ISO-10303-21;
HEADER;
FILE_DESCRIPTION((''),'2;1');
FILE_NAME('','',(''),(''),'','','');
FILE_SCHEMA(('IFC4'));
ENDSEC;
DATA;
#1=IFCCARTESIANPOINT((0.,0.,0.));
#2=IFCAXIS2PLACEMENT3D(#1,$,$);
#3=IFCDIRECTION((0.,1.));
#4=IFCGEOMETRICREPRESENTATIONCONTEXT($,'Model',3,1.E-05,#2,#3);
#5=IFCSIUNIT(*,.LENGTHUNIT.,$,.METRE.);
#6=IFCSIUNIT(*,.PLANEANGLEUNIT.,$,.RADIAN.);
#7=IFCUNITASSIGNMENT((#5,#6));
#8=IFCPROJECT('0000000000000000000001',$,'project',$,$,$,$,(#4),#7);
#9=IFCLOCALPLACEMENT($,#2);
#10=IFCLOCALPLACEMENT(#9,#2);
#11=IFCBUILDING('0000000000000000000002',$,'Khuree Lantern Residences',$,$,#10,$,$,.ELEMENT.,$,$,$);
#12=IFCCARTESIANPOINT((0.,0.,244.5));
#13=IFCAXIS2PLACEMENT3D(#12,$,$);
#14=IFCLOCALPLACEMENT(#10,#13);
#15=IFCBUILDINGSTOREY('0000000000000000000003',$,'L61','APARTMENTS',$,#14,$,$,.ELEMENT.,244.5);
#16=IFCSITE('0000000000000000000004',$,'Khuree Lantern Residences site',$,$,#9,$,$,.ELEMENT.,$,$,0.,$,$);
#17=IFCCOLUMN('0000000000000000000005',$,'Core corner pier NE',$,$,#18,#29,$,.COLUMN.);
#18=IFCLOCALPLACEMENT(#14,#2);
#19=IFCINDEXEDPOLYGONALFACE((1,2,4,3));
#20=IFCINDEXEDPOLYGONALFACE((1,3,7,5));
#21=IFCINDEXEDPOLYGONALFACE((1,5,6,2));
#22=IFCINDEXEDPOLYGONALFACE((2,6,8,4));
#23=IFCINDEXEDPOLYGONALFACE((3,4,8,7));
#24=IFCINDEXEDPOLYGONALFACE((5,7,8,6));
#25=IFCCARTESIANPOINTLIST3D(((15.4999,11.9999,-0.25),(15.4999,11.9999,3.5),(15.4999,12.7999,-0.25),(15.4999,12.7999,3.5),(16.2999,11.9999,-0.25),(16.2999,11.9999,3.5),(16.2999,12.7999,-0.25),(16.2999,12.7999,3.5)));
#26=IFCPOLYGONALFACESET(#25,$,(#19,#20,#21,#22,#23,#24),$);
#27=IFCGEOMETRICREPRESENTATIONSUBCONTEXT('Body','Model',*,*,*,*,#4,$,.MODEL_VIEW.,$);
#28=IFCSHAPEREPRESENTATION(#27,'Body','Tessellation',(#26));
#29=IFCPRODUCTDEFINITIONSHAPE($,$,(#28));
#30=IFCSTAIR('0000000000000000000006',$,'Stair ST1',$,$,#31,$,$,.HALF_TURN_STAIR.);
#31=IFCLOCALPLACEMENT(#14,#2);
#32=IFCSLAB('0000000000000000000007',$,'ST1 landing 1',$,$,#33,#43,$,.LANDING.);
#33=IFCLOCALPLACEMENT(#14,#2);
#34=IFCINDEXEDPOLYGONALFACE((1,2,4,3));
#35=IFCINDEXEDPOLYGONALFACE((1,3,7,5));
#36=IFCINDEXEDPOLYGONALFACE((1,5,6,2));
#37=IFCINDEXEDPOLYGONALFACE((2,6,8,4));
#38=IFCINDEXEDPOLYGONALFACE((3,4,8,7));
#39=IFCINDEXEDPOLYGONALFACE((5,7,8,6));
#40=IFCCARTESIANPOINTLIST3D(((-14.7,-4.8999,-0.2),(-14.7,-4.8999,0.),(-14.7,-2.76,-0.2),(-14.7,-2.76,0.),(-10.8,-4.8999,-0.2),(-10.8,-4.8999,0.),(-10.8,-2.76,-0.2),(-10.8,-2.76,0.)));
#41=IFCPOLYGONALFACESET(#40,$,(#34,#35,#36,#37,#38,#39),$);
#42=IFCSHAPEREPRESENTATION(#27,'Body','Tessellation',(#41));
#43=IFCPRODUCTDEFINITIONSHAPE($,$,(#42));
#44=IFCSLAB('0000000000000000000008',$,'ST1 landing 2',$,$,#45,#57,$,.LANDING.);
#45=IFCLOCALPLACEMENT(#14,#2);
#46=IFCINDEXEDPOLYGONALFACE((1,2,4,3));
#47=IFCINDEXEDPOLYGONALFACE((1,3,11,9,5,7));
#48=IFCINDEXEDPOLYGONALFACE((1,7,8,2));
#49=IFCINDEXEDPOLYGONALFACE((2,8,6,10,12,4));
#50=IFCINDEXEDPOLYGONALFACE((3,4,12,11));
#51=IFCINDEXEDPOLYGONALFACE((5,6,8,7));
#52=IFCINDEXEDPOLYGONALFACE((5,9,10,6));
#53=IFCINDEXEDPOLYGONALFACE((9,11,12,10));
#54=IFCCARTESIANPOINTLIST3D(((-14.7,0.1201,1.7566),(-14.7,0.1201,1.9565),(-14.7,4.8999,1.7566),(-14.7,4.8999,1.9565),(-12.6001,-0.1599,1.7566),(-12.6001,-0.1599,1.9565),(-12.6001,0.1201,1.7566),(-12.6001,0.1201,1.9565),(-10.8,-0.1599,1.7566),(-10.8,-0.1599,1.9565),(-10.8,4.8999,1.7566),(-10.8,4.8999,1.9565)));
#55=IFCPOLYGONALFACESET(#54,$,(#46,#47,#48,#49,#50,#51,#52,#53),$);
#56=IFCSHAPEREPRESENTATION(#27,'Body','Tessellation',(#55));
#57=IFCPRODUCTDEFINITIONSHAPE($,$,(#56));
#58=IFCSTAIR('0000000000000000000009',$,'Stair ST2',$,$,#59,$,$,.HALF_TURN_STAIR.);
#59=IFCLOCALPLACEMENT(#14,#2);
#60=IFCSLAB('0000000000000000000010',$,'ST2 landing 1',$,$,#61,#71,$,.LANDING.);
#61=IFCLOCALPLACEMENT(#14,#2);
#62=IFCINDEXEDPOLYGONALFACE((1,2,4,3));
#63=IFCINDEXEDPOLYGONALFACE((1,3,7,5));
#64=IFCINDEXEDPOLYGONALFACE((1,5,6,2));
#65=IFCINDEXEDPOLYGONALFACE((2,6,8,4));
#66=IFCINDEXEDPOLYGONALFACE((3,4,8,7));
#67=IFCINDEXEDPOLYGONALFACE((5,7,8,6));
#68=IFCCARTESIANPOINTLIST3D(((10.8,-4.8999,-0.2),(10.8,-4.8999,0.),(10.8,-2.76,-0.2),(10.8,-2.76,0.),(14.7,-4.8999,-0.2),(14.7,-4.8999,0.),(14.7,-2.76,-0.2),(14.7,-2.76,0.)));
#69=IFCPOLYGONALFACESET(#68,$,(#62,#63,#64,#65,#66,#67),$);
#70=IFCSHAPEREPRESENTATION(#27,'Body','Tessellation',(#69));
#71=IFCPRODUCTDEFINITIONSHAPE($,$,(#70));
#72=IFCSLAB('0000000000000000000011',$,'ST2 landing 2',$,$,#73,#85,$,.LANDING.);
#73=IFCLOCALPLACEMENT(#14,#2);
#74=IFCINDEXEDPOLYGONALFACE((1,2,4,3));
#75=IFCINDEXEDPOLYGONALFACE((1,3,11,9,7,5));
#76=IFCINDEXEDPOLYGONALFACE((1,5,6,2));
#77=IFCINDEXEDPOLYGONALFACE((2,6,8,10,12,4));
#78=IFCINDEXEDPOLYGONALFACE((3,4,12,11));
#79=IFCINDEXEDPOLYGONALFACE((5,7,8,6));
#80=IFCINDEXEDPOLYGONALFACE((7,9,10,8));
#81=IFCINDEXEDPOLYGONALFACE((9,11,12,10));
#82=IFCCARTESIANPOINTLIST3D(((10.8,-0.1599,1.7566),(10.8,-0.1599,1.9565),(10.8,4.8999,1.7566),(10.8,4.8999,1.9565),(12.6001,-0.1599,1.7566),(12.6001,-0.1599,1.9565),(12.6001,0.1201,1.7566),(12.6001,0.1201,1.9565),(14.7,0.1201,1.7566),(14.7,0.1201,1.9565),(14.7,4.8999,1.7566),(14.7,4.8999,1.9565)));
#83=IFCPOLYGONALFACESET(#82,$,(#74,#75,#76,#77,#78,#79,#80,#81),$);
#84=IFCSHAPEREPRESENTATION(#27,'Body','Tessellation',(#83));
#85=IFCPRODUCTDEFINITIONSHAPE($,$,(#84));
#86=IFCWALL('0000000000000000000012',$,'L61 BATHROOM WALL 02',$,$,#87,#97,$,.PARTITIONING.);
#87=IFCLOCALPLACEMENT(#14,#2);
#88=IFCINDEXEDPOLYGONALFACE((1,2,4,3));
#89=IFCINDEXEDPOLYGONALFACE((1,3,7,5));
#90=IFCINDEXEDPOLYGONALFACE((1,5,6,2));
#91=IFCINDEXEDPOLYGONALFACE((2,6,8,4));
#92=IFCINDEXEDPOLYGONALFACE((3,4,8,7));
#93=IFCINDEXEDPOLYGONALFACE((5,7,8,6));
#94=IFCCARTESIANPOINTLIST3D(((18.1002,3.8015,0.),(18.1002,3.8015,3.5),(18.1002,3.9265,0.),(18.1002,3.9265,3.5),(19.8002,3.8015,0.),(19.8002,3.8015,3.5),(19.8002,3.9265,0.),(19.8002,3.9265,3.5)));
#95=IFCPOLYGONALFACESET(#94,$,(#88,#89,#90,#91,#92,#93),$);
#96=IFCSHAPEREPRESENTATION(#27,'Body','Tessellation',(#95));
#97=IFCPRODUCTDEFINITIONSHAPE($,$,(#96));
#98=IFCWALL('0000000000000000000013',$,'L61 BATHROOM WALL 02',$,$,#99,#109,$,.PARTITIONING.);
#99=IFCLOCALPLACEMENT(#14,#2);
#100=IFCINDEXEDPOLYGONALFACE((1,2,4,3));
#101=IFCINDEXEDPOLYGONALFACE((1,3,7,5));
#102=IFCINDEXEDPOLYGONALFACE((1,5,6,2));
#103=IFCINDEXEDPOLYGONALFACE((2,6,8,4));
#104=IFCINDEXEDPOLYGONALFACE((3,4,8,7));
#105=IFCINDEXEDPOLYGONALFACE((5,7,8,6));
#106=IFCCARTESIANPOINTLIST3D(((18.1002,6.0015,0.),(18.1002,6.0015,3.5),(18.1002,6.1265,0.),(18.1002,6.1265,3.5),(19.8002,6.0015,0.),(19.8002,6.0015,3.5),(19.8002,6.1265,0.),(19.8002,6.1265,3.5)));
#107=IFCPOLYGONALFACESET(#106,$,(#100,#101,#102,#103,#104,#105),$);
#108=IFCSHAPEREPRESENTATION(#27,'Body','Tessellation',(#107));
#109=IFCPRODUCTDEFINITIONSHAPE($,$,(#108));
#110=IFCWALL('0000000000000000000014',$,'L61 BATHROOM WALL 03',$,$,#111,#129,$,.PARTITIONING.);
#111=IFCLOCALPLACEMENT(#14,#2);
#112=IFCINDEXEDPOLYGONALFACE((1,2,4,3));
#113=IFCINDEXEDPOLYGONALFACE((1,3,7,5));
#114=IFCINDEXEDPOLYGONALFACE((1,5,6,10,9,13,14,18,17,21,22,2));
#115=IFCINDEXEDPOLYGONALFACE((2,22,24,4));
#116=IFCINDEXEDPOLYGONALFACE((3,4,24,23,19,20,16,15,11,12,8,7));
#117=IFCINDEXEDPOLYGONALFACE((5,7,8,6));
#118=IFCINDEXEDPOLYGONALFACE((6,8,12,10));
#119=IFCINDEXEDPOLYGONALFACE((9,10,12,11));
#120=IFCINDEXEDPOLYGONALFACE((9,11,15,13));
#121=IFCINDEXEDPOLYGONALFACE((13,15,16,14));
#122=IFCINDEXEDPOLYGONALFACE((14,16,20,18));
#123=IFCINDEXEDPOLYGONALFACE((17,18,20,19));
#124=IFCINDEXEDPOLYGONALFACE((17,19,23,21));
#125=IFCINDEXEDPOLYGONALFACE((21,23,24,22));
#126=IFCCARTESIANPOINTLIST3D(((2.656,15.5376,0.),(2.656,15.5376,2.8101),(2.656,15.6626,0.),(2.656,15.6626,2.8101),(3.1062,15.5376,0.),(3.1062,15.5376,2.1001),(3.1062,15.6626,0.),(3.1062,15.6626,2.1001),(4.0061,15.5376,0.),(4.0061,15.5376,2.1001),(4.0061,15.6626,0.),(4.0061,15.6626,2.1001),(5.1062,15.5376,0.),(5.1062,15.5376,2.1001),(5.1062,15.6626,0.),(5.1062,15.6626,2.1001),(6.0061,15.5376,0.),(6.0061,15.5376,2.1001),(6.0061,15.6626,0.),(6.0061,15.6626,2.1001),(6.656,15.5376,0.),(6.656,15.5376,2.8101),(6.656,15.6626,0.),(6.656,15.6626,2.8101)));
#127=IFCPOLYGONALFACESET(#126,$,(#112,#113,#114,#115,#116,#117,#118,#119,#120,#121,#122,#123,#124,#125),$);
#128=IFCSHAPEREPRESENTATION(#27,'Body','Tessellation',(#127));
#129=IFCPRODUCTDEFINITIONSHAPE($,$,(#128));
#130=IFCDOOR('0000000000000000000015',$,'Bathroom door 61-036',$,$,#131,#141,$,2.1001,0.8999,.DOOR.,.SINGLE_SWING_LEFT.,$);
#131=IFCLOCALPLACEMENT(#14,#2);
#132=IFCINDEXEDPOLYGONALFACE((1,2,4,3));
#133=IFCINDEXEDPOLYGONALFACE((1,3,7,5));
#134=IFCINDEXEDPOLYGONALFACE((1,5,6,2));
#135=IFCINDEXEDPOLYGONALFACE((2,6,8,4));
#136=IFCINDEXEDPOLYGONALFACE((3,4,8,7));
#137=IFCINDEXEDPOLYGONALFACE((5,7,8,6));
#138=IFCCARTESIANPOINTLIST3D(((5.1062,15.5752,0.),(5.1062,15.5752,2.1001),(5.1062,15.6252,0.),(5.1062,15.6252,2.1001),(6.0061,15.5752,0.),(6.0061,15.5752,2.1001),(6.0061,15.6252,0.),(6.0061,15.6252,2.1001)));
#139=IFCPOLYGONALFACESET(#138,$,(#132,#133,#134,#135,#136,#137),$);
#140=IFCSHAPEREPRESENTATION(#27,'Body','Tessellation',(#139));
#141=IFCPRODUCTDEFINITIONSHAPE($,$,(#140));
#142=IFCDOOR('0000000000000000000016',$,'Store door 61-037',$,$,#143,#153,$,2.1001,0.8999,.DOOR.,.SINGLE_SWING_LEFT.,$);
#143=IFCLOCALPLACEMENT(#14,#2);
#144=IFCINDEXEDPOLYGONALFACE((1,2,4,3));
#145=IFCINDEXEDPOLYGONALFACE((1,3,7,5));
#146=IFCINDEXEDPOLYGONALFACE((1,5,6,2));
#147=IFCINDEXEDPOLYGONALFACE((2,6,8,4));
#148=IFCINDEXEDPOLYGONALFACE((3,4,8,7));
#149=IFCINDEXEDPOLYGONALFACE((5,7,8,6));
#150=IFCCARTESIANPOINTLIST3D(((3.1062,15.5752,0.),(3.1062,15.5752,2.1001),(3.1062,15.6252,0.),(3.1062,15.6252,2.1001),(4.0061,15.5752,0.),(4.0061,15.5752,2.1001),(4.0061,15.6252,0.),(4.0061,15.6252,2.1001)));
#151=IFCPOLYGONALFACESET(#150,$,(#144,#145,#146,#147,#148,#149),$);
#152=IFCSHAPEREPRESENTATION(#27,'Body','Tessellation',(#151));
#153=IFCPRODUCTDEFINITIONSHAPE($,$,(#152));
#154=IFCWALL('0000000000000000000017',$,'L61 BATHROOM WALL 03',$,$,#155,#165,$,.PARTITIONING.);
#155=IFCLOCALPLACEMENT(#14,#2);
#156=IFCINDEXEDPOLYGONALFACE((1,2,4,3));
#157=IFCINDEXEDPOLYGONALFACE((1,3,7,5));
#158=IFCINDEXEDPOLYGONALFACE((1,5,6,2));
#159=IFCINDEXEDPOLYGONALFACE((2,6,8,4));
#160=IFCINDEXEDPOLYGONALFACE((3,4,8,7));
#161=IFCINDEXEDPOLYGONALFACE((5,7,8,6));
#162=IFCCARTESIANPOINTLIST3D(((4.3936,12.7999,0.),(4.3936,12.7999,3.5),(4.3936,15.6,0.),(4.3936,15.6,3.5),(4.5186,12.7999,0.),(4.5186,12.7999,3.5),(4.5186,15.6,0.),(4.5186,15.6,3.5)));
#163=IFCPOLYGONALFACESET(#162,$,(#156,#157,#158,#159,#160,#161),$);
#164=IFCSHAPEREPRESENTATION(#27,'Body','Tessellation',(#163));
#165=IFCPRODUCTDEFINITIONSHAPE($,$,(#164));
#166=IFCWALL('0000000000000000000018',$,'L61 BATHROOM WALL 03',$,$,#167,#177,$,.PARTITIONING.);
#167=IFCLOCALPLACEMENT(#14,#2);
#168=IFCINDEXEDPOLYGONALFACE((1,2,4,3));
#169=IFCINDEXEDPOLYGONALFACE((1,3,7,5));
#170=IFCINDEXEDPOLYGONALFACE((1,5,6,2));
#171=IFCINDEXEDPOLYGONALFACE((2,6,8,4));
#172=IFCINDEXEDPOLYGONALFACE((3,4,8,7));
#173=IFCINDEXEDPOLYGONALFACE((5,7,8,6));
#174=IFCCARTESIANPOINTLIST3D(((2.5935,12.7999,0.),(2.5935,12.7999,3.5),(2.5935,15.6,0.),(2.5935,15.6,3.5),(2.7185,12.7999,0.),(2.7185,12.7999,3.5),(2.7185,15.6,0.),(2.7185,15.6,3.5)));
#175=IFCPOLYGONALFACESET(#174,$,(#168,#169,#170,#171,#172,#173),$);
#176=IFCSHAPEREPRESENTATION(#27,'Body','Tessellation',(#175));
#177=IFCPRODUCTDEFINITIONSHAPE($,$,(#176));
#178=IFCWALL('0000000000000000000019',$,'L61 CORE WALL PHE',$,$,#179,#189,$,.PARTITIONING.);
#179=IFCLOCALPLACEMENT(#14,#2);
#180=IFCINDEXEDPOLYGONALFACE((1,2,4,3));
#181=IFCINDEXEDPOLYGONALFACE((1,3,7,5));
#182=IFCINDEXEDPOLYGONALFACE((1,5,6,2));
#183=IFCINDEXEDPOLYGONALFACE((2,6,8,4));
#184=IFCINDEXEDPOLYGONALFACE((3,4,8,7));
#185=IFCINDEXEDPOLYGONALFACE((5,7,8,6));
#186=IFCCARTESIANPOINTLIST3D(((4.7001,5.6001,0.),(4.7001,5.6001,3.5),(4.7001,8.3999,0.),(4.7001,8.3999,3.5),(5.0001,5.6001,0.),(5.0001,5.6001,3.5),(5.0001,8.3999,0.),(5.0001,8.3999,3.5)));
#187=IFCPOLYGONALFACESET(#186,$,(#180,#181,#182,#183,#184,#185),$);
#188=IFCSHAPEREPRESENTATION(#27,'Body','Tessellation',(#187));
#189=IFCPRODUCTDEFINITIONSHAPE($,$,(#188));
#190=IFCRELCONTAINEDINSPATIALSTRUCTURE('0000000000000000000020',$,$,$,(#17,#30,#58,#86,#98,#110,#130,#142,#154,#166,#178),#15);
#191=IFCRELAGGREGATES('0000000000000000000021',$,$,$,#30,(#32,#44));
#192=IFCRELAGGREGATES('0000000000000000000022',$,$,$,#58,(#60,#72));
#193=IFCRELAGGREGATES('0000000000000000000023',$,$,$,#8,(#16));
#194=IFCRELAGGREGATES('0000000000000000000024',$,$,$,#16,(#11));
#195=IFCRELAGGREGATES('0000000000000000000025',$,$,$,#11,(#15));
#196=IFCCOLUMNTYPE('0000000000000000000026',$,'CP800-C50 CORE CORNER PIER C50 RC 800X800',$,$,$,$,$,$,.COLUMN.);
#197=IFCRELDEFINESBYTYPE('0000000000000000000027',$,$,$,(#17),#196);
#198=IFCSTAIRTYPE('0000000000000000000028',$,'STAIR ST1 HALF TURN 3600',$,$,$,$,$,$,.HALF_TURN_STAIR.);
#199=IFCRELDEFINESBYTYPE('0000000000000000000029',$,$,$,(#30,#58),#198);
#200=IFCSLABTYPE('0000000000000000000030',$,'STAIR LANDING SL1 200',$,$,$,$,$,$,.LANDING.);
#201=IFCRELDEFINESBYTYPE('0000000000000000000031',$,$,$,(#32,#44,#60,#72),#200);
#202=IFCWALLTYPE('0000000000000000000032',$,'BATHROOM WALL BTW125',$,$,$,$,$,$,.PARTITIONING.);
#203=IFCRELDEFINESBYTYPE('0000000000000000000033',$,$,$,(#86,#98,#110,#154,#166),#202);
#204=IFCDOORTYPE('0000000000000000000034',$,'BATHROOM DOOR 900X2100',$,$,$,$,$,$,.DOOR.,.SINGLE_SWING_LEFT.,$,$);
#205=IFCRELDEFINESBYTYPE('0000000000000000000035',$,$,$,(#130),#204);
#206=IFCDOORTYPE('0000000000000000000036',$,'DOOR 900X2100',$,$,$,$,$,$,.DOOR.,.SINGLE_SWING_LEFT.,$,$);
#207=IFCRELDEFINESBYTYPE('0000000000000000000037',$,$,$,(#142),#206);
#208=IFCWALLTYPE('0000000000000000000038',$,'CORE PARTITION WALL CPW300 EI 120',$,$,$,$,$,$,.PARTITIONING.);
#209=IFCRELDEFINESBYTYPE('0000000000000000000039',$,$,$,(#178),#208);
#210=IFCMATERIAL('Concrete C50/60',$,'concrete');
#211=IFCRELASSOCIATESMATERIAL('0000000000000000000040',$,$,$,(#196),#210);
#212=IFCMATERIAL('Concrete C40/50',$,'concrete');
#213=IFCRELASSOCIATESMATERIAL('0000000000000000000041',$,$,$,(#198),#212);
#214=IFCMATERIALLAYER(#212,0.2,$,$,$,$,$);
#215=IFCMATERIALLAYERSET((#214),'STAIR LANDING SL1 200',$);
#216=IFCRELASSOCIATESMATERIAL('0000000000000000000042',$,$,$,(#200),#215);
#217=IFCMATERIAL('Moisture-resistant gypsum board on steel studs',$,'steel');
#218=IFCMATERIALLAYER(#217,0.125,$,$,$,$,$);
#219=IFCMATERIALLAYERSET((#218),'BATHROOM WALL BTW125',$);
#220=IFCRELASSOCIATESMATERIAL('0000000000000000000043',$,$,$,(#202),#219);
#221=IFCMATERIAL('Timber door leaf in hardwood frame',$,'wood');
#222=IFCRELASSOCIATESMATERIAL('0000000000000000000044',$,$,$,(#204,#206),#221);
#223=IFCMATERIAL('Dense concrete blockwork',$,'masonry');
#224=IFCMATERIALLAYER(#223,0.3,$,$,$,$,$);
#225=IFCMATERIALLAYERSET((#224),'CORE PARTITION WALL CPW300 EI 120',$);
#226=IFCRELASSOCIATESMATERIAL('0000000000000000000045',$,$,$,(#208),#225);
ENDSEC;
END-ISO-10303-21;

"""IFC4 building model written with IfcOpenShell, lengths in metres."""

from ifc_helpers import new_model, si_unit, direction, frame, frame_2d, origin, origin_2d, place, context, subcontext, project, spatial, polyline, rectangle, outline, extrude, material, layer, layer_set, material_profile, profile_set, type_object, element, fill, aggregate, save


model = new_model("IFC4")

# Units and contexts
model_context = context("Model", 3, precision=1e-05, world=origin(), true_north=direction((0.0, 1.0)))
body_context = subcontext(model_context, "Body", "Model", "MODEL_VIEW")
ifc_project = project(units=[si_unit("LENGTHUNIT", "METRE"), si_unit("PLANEANGLEUNIT", "RADIAN")], contexts=[model_context])

# Site, building, storey
site_placement = place(None, origin())
site = spatial("IfcSite", under=ifc_project, at=site_placement, Name="Khuree Lantern Residences site", CompositionType="ELEMENT", RefElevation=0.0)
building_placement = place(site_placement, origin())
building = spatial("IfcBuilding", under=site, at=building_placement, Name="Khuree Lantern Residences", CompositionType="ELEMENT")
storey_placement = place(building_placement, frame((0.0, 0.0, 244.5)))
storey = spatial("IfcBuildingStorey", under=building, at=storey_placement, Name="L61", Description="APARTMENTS", CompositionType="ELEMENT", Elevation=244.5)

# Column
ifc_material_1 = material(Name="Concrete C50/60", Category="concrete")
ifc_material_profile = material_profile(ifc_material_1, rectangle(XDim=0.8, YDim=0.8, at=origin_2d()), Name="RC 800X800")
ifc_profile_set = profile_set([ifc_material_profile], Name="Concrete C50/60")
column_type = type_object("IfcColumnType", Name="CP800-C50 CORE CORNER PIER C50 RC 800X800", PredefinedType="COLUMN", material=ifc_profile_set)
column_placement = place(storey_placement, frame((15.8999, 12.3999, -0.25), z_axis=(0.0, 0.0, 1.0), x_axis=(1.0, 0.0, 0.0)))
element("IfcColumn", 1, at=column_placement, inside=storey, type_object=column_type, Name="Core corner pier NE", PredefinedType="COLUMN", context=body_context, shape_type="SweptSolid", body=[
    extrude(rectangle(XDim=0.8, YDim=0.8, at=origin_2d()), origin(), (0.0, 0.0, 1.0), 3.75),
])

# Stairs, slabs
ifc_material_2 = material(Name="Concrete C40/50", Category="concrete")
stair_type = type_object("IfcStairType", Name="STAIR ST1 HALF TURN 3600", PredefinedType="HALF_TURN_STAIR", material=ifc_material_2)
stair_1_placement = place(storey_placement, origin())
stair_1 = element("IfcStair", 2, at=stair_1_placement, inside=storey, type_object=stair_type, Name="Stair ST1", PredefinedType="HALF_TURN_STAIR")
ifc_layer_1 = layer(ifc_material_2, 0.2)
ifc_layer_set_1 = layer_set([ifc_layer_1], Name="STAIR LANDING SL1 200")
slab_type = type_object("IfcSlabType", Name="STAIR LANDING SL1 200", PredefinedType="LANDING", material=ifc_layer_set_1)
slab_1_placement = place(storey_placement, frame((0.0, 0.0, -0.2)))
slab_1 = element("IfcSlab", 3, at=slab_1_placement, type_object=slab_type, Name="ST1 landing 1", PredefinedType="LANDING", context=body_context, shape_type="SweptSolid", body=[
    extrude(outline(polyline([(-14.7, -4.8999), (-10.8, -4.8999), (-10.8, -2.76), (-14.7, -2.76), (-14.7, -4.8999)])), origin(), (0.0, 0.0, 1.0), 0.2),
])
slab_2_placement = place(storey_placement, frame((0.0, 0.0, 1.7566)))
slab_2 = element("IfcSlab", 4, at=slab_2_placement, type_object=slab_type, Name="ST1 landing 2", PredefinedType="LANDING", context=body_context, shape_type="SweptSolid", body=[
    extrude(outline(polyline([(-14.7, 0.1201), (-14.7, 4.8999), (-10.8, 4.8999), (-10.8, -0.1599), (-12.6001, -0.1599), (-12.6001, 0.1201), (-14.7, 0.1201)])), origin(), (0.0, 0.0, 1.0), 0.2),
])
aggregate(stair_1, [slab_1, slab_2])
stair_2_placement = place(storey_placement, origin())
stair_2 = element("IfcStair", 5, at=stair_2_placement, inside=storey, type_object=stair_type, Name="Stair ST2", PredefinedType="HALF_TURN_STAIR")
slab_3_placement = place(storey_placement, frame((0.0, 0.0, -0.2)))
slab_3 = element("IfcSlab", 6, at=slab_3_placement, type_object=slab_type, Name="ST2 landing 1", PredefinedType="LANDING", context=body_context, shape_type="SweptSolid", body=[
    extrude(outline(polyline([(10.8, -4.8999), (14.7, -4.8999), (14.7, -2.76), (10.8, -2.76), (10.8, -4.8999)])), origin(), (0.0, 0.0, 1.0), 0.2),
])
slab_4_placement = place(storey_placement, frame((0.0, 0.0, 1.7566)))
slab_4 = element("IfcSlab", 7, at=slab_4_placement, type_object=slab_type, Name="ST2 landing 2", PredefinedType="LANDING", context=body_context, shape_type="SweptSolid", body=[
    extrude(outline(polyline([(14.7, 4.8999), (14.7, 0.1201), (12.6001, 0.1201), (12.6001, -0.1599), (10.8, -0.1599), (10.8, 4.8999), (14.7, 4.8999)])), origin(), (0.0, 0.0, 1.0), 0.2),
])
aggregate(stair_2, [slab_3, slab_4])

# Walls
ifc_material_3 = material(Name="Moisture-resistant gypsum board on steel studs", Category="steel")
ifc_layer_2 = layer(ifc_material_3, 0.125)
ifc_layer_set_2 = layer_set([ifc_layer_2], Name="BATHROOM WALL BTW125")
wall_type_1 = type_object("IfcWallType", Name="BATHROOM WALL BTW125", PredefinedType="PARTITIONING", material=ifc_layer_set_2)
for number, where, z_axis, x_axis, name in (
    (8, (18.1001, 3.864, 0.0), (0.0, 0.0, 1.0), (1.0, 0.0, 0.0), "L61 BATHROOM WALL 02"),
    (9, (18.1001, 6.064, 0.0), (0.0, 0.0, 1.0), (1.0, 0.0, 0.0), "L61 BATHROOM WALL 02"),
):
    element("IfcWall", number, at=place(storey_placement, frame(where, z_axis=z_axis, x_axis=x_axis)), inside=storey, type_object=wall_type_1, Name=name, PredefinedType="PARTITIONING", context=body_context, shape_type="SweptSolid", body=[
        extrude(rectangle(XDim=1.7, YDim=0.125, at=frame_2d((0.8501, 0.0))), origin(), (0.0, 0.0, 1.0), 3.5),
    ])

# Wall, openings, doors
wall_1_placement = place(storey_placement, frame((6.656, 15.6001, 0.0), z_axis=(0.0, 0.0, 1.0), x_axis=(-1.0, 0.0, 0.0)))
wall_1 = element("IfcWall", 10, at=wall_1_placement, inside=storey, type_object=wall_type_1, Name="L61 BATHROOM WALL 03", PredefinedType="PARTITIONING", context=body_context, shape_type="SweptSolid", body=[
    extrude(rectangle(XDim=4.0, YDim=0.125, at=frame_2d((2.0, 0.0))), origin(), (0.0, 0.0, 1.0), 2.8101),
])
opening_1_placement = place(wall_1_placement, frame((0.6499, 0.0, 0.0)))
opening_1 = element("IfcOpeningElement", 11, at=opening_1_placement, cuts=wall_1, PredefinedType="OPENING", context=body_context, shape_type="SweptSolid", body=[
    extrude(rectangle(XDim=0.8999, YDim=2.1001, at=frame_2d((0.45, 1.05))), frame((0.0, 0.0725, 0.0), z_axis=(0.0, -1.0, 0.0), x_axis=(1.0, 0.0, 0.0)), (0.0, 0.0, 1.0), 0.145),
])
opening_2_placement = place(wall_1_placement, frame((2.6499, 0.0, 0.0)))
opening_2 = element("IfcOpeningElement", 12, at=opening_2_placement, cuts=wall_1, PredefinedType="OPENING", context=body_context, shape_type="SweptSolid", body=[
    extrude(rectangle(XDim=0.8999, YDim=2.1001, at=frame_2d((0.45, 1.05))), frame((0.0, 0.0725, 0.0), z_axis=(0.0, -1.0, 0.0), x_axis=(1.0, 0.0, 0.0)), (0.0, 0.0, 1.0), 0.145),
])
ifc_material_4 = material(Name="Timber door leaf in hardwood frame", Category="wood")
door_type_1 = type_object("IfcDoorType", Name="BATHROOM DOOR 900X2100", OperationType="SINGLE_SWING_LEFT", PredefinedType="DOOR", material=ifc_material_4)
door_1_placement = place(opening_1_placement, origin())
door_1 = element("IfcDoor", 13, at=door_1_placement, inside=storey, type_object=door_type_1, Name="Bathroom door 61-036", OperationType="SINGLE_SWING_LEFT", OverallHeight=2.1001, OverallWidth=0.8999, PredefinedType="DOOR", context=body_context, shape_type="SweptSolid", body=[
    extrude(rectangle(XDim=0.8999, YDim=2.1001, at=frame_2d((0.45, 1.05))), frame((0.0, 0.0249, 0.0), z_axis=(0.0, -1.0, 0.0), x_axis=(1.0, 0.0, 0.0)), (0.0, 0.0, 1.0), 0.05),
])
fill(opening_1, door_1)
door_type_2 = type_object("IfcDoorType", Name="DOOR 900X2100", OperationType="SINGLE_SWING_LEFT", PredefinedType="DOOR", material=ifc_material_4)
door_2_placement = place(opening_2_placement, origin())
door_2 = element("IfcDoor", 14, at=door_2_placement, inside=storey, type_object=door_type_2, Name="Store door 61-037", OperationType="SINGLE_SWING_LEFT", OverallHeight=2.1001, OverallWidth=0.8999, PredefinedType="DOOR", context=body_context, shape_type="SweptSolid", body=[
    extrude(rectangle(XDim=0.8999, YDim=2.1001, at=frame_2d((0.45, 1.05))), frame((0.0, 0.0249, 0.0), z_axis=(0.0, -1.0, 0.0), x_axis=(1.0, 0.0, 0.0)), (0.0, 0.0, 1.0), 0.05),
])
fill(opening_2, door_2)

# Walls
for number, where, z_axis, x_axis, name in (
    (15, (4.4561, 12.8, 0.0), (0.0, 0.0, 1.0), (0.0, 1.0, 0.0), "L61 BATHROOM WALL 03"),
    (16, (2.656, 12.8, 0.0), (0.0, 0.0, 1.0), (0.0, 1.0, 0.0), "L61 BATHROOM WALL 03"),
):
    element("IfcWall", number, at=place(storey_placement, frame(where, z_axis=z_axis, x_axis=x_axis)), inside=storey, type_object=wall_type_1, Name=name, PredefinedType="PARTITIONING", context=body_context, shape_type="SweptSolid", body=[
        extrude(rectangle(XDim=2.8, YDim=0.125, at=frame_2d((1.3999, 0.0))), origin(), (0.0, 0.0, 1.0), 3.5),
    ])
ifc_material_5 = material(Name="Dense concrete blockwork", Category="masonry")
ifc_layer_3 = layer(ifc_material_5, 0.3)
ifc_layer_set_3 = layer_set([ifc_layer_3], Name="CORE PARTITION WALL CPW300 EI 120")
wall_type_2 = type_object("IfcWallType", Name="CORE PARTITION WALL CPW300 EI 120", PredefinedType="PARTITIONING", material=ifc_layer_set_3)
wall_2_placement = place(storey_placement, frame((4.8501, 5.6001, 0.0), z_axis=(0.0, 0.0, 1.0), x_axis=(0.0, 1.0, 0.0)))
element("IfcWall", 17, at=wall_2_placement, inside=storey, type_object=wall_type_2, Name="L61 CORE WALL PHE", PredefinedType="PARTITIONING", context=body_context, shape_type="SweptSolid", body=[
    extrude(rectangle(XDim=2.7998, YDim=0.3, at=frame_2d((1.3999, 0.0))), origin(), (0.0, 0.0, 1.0), 3.5),
])

save(model, "model.ifc")
